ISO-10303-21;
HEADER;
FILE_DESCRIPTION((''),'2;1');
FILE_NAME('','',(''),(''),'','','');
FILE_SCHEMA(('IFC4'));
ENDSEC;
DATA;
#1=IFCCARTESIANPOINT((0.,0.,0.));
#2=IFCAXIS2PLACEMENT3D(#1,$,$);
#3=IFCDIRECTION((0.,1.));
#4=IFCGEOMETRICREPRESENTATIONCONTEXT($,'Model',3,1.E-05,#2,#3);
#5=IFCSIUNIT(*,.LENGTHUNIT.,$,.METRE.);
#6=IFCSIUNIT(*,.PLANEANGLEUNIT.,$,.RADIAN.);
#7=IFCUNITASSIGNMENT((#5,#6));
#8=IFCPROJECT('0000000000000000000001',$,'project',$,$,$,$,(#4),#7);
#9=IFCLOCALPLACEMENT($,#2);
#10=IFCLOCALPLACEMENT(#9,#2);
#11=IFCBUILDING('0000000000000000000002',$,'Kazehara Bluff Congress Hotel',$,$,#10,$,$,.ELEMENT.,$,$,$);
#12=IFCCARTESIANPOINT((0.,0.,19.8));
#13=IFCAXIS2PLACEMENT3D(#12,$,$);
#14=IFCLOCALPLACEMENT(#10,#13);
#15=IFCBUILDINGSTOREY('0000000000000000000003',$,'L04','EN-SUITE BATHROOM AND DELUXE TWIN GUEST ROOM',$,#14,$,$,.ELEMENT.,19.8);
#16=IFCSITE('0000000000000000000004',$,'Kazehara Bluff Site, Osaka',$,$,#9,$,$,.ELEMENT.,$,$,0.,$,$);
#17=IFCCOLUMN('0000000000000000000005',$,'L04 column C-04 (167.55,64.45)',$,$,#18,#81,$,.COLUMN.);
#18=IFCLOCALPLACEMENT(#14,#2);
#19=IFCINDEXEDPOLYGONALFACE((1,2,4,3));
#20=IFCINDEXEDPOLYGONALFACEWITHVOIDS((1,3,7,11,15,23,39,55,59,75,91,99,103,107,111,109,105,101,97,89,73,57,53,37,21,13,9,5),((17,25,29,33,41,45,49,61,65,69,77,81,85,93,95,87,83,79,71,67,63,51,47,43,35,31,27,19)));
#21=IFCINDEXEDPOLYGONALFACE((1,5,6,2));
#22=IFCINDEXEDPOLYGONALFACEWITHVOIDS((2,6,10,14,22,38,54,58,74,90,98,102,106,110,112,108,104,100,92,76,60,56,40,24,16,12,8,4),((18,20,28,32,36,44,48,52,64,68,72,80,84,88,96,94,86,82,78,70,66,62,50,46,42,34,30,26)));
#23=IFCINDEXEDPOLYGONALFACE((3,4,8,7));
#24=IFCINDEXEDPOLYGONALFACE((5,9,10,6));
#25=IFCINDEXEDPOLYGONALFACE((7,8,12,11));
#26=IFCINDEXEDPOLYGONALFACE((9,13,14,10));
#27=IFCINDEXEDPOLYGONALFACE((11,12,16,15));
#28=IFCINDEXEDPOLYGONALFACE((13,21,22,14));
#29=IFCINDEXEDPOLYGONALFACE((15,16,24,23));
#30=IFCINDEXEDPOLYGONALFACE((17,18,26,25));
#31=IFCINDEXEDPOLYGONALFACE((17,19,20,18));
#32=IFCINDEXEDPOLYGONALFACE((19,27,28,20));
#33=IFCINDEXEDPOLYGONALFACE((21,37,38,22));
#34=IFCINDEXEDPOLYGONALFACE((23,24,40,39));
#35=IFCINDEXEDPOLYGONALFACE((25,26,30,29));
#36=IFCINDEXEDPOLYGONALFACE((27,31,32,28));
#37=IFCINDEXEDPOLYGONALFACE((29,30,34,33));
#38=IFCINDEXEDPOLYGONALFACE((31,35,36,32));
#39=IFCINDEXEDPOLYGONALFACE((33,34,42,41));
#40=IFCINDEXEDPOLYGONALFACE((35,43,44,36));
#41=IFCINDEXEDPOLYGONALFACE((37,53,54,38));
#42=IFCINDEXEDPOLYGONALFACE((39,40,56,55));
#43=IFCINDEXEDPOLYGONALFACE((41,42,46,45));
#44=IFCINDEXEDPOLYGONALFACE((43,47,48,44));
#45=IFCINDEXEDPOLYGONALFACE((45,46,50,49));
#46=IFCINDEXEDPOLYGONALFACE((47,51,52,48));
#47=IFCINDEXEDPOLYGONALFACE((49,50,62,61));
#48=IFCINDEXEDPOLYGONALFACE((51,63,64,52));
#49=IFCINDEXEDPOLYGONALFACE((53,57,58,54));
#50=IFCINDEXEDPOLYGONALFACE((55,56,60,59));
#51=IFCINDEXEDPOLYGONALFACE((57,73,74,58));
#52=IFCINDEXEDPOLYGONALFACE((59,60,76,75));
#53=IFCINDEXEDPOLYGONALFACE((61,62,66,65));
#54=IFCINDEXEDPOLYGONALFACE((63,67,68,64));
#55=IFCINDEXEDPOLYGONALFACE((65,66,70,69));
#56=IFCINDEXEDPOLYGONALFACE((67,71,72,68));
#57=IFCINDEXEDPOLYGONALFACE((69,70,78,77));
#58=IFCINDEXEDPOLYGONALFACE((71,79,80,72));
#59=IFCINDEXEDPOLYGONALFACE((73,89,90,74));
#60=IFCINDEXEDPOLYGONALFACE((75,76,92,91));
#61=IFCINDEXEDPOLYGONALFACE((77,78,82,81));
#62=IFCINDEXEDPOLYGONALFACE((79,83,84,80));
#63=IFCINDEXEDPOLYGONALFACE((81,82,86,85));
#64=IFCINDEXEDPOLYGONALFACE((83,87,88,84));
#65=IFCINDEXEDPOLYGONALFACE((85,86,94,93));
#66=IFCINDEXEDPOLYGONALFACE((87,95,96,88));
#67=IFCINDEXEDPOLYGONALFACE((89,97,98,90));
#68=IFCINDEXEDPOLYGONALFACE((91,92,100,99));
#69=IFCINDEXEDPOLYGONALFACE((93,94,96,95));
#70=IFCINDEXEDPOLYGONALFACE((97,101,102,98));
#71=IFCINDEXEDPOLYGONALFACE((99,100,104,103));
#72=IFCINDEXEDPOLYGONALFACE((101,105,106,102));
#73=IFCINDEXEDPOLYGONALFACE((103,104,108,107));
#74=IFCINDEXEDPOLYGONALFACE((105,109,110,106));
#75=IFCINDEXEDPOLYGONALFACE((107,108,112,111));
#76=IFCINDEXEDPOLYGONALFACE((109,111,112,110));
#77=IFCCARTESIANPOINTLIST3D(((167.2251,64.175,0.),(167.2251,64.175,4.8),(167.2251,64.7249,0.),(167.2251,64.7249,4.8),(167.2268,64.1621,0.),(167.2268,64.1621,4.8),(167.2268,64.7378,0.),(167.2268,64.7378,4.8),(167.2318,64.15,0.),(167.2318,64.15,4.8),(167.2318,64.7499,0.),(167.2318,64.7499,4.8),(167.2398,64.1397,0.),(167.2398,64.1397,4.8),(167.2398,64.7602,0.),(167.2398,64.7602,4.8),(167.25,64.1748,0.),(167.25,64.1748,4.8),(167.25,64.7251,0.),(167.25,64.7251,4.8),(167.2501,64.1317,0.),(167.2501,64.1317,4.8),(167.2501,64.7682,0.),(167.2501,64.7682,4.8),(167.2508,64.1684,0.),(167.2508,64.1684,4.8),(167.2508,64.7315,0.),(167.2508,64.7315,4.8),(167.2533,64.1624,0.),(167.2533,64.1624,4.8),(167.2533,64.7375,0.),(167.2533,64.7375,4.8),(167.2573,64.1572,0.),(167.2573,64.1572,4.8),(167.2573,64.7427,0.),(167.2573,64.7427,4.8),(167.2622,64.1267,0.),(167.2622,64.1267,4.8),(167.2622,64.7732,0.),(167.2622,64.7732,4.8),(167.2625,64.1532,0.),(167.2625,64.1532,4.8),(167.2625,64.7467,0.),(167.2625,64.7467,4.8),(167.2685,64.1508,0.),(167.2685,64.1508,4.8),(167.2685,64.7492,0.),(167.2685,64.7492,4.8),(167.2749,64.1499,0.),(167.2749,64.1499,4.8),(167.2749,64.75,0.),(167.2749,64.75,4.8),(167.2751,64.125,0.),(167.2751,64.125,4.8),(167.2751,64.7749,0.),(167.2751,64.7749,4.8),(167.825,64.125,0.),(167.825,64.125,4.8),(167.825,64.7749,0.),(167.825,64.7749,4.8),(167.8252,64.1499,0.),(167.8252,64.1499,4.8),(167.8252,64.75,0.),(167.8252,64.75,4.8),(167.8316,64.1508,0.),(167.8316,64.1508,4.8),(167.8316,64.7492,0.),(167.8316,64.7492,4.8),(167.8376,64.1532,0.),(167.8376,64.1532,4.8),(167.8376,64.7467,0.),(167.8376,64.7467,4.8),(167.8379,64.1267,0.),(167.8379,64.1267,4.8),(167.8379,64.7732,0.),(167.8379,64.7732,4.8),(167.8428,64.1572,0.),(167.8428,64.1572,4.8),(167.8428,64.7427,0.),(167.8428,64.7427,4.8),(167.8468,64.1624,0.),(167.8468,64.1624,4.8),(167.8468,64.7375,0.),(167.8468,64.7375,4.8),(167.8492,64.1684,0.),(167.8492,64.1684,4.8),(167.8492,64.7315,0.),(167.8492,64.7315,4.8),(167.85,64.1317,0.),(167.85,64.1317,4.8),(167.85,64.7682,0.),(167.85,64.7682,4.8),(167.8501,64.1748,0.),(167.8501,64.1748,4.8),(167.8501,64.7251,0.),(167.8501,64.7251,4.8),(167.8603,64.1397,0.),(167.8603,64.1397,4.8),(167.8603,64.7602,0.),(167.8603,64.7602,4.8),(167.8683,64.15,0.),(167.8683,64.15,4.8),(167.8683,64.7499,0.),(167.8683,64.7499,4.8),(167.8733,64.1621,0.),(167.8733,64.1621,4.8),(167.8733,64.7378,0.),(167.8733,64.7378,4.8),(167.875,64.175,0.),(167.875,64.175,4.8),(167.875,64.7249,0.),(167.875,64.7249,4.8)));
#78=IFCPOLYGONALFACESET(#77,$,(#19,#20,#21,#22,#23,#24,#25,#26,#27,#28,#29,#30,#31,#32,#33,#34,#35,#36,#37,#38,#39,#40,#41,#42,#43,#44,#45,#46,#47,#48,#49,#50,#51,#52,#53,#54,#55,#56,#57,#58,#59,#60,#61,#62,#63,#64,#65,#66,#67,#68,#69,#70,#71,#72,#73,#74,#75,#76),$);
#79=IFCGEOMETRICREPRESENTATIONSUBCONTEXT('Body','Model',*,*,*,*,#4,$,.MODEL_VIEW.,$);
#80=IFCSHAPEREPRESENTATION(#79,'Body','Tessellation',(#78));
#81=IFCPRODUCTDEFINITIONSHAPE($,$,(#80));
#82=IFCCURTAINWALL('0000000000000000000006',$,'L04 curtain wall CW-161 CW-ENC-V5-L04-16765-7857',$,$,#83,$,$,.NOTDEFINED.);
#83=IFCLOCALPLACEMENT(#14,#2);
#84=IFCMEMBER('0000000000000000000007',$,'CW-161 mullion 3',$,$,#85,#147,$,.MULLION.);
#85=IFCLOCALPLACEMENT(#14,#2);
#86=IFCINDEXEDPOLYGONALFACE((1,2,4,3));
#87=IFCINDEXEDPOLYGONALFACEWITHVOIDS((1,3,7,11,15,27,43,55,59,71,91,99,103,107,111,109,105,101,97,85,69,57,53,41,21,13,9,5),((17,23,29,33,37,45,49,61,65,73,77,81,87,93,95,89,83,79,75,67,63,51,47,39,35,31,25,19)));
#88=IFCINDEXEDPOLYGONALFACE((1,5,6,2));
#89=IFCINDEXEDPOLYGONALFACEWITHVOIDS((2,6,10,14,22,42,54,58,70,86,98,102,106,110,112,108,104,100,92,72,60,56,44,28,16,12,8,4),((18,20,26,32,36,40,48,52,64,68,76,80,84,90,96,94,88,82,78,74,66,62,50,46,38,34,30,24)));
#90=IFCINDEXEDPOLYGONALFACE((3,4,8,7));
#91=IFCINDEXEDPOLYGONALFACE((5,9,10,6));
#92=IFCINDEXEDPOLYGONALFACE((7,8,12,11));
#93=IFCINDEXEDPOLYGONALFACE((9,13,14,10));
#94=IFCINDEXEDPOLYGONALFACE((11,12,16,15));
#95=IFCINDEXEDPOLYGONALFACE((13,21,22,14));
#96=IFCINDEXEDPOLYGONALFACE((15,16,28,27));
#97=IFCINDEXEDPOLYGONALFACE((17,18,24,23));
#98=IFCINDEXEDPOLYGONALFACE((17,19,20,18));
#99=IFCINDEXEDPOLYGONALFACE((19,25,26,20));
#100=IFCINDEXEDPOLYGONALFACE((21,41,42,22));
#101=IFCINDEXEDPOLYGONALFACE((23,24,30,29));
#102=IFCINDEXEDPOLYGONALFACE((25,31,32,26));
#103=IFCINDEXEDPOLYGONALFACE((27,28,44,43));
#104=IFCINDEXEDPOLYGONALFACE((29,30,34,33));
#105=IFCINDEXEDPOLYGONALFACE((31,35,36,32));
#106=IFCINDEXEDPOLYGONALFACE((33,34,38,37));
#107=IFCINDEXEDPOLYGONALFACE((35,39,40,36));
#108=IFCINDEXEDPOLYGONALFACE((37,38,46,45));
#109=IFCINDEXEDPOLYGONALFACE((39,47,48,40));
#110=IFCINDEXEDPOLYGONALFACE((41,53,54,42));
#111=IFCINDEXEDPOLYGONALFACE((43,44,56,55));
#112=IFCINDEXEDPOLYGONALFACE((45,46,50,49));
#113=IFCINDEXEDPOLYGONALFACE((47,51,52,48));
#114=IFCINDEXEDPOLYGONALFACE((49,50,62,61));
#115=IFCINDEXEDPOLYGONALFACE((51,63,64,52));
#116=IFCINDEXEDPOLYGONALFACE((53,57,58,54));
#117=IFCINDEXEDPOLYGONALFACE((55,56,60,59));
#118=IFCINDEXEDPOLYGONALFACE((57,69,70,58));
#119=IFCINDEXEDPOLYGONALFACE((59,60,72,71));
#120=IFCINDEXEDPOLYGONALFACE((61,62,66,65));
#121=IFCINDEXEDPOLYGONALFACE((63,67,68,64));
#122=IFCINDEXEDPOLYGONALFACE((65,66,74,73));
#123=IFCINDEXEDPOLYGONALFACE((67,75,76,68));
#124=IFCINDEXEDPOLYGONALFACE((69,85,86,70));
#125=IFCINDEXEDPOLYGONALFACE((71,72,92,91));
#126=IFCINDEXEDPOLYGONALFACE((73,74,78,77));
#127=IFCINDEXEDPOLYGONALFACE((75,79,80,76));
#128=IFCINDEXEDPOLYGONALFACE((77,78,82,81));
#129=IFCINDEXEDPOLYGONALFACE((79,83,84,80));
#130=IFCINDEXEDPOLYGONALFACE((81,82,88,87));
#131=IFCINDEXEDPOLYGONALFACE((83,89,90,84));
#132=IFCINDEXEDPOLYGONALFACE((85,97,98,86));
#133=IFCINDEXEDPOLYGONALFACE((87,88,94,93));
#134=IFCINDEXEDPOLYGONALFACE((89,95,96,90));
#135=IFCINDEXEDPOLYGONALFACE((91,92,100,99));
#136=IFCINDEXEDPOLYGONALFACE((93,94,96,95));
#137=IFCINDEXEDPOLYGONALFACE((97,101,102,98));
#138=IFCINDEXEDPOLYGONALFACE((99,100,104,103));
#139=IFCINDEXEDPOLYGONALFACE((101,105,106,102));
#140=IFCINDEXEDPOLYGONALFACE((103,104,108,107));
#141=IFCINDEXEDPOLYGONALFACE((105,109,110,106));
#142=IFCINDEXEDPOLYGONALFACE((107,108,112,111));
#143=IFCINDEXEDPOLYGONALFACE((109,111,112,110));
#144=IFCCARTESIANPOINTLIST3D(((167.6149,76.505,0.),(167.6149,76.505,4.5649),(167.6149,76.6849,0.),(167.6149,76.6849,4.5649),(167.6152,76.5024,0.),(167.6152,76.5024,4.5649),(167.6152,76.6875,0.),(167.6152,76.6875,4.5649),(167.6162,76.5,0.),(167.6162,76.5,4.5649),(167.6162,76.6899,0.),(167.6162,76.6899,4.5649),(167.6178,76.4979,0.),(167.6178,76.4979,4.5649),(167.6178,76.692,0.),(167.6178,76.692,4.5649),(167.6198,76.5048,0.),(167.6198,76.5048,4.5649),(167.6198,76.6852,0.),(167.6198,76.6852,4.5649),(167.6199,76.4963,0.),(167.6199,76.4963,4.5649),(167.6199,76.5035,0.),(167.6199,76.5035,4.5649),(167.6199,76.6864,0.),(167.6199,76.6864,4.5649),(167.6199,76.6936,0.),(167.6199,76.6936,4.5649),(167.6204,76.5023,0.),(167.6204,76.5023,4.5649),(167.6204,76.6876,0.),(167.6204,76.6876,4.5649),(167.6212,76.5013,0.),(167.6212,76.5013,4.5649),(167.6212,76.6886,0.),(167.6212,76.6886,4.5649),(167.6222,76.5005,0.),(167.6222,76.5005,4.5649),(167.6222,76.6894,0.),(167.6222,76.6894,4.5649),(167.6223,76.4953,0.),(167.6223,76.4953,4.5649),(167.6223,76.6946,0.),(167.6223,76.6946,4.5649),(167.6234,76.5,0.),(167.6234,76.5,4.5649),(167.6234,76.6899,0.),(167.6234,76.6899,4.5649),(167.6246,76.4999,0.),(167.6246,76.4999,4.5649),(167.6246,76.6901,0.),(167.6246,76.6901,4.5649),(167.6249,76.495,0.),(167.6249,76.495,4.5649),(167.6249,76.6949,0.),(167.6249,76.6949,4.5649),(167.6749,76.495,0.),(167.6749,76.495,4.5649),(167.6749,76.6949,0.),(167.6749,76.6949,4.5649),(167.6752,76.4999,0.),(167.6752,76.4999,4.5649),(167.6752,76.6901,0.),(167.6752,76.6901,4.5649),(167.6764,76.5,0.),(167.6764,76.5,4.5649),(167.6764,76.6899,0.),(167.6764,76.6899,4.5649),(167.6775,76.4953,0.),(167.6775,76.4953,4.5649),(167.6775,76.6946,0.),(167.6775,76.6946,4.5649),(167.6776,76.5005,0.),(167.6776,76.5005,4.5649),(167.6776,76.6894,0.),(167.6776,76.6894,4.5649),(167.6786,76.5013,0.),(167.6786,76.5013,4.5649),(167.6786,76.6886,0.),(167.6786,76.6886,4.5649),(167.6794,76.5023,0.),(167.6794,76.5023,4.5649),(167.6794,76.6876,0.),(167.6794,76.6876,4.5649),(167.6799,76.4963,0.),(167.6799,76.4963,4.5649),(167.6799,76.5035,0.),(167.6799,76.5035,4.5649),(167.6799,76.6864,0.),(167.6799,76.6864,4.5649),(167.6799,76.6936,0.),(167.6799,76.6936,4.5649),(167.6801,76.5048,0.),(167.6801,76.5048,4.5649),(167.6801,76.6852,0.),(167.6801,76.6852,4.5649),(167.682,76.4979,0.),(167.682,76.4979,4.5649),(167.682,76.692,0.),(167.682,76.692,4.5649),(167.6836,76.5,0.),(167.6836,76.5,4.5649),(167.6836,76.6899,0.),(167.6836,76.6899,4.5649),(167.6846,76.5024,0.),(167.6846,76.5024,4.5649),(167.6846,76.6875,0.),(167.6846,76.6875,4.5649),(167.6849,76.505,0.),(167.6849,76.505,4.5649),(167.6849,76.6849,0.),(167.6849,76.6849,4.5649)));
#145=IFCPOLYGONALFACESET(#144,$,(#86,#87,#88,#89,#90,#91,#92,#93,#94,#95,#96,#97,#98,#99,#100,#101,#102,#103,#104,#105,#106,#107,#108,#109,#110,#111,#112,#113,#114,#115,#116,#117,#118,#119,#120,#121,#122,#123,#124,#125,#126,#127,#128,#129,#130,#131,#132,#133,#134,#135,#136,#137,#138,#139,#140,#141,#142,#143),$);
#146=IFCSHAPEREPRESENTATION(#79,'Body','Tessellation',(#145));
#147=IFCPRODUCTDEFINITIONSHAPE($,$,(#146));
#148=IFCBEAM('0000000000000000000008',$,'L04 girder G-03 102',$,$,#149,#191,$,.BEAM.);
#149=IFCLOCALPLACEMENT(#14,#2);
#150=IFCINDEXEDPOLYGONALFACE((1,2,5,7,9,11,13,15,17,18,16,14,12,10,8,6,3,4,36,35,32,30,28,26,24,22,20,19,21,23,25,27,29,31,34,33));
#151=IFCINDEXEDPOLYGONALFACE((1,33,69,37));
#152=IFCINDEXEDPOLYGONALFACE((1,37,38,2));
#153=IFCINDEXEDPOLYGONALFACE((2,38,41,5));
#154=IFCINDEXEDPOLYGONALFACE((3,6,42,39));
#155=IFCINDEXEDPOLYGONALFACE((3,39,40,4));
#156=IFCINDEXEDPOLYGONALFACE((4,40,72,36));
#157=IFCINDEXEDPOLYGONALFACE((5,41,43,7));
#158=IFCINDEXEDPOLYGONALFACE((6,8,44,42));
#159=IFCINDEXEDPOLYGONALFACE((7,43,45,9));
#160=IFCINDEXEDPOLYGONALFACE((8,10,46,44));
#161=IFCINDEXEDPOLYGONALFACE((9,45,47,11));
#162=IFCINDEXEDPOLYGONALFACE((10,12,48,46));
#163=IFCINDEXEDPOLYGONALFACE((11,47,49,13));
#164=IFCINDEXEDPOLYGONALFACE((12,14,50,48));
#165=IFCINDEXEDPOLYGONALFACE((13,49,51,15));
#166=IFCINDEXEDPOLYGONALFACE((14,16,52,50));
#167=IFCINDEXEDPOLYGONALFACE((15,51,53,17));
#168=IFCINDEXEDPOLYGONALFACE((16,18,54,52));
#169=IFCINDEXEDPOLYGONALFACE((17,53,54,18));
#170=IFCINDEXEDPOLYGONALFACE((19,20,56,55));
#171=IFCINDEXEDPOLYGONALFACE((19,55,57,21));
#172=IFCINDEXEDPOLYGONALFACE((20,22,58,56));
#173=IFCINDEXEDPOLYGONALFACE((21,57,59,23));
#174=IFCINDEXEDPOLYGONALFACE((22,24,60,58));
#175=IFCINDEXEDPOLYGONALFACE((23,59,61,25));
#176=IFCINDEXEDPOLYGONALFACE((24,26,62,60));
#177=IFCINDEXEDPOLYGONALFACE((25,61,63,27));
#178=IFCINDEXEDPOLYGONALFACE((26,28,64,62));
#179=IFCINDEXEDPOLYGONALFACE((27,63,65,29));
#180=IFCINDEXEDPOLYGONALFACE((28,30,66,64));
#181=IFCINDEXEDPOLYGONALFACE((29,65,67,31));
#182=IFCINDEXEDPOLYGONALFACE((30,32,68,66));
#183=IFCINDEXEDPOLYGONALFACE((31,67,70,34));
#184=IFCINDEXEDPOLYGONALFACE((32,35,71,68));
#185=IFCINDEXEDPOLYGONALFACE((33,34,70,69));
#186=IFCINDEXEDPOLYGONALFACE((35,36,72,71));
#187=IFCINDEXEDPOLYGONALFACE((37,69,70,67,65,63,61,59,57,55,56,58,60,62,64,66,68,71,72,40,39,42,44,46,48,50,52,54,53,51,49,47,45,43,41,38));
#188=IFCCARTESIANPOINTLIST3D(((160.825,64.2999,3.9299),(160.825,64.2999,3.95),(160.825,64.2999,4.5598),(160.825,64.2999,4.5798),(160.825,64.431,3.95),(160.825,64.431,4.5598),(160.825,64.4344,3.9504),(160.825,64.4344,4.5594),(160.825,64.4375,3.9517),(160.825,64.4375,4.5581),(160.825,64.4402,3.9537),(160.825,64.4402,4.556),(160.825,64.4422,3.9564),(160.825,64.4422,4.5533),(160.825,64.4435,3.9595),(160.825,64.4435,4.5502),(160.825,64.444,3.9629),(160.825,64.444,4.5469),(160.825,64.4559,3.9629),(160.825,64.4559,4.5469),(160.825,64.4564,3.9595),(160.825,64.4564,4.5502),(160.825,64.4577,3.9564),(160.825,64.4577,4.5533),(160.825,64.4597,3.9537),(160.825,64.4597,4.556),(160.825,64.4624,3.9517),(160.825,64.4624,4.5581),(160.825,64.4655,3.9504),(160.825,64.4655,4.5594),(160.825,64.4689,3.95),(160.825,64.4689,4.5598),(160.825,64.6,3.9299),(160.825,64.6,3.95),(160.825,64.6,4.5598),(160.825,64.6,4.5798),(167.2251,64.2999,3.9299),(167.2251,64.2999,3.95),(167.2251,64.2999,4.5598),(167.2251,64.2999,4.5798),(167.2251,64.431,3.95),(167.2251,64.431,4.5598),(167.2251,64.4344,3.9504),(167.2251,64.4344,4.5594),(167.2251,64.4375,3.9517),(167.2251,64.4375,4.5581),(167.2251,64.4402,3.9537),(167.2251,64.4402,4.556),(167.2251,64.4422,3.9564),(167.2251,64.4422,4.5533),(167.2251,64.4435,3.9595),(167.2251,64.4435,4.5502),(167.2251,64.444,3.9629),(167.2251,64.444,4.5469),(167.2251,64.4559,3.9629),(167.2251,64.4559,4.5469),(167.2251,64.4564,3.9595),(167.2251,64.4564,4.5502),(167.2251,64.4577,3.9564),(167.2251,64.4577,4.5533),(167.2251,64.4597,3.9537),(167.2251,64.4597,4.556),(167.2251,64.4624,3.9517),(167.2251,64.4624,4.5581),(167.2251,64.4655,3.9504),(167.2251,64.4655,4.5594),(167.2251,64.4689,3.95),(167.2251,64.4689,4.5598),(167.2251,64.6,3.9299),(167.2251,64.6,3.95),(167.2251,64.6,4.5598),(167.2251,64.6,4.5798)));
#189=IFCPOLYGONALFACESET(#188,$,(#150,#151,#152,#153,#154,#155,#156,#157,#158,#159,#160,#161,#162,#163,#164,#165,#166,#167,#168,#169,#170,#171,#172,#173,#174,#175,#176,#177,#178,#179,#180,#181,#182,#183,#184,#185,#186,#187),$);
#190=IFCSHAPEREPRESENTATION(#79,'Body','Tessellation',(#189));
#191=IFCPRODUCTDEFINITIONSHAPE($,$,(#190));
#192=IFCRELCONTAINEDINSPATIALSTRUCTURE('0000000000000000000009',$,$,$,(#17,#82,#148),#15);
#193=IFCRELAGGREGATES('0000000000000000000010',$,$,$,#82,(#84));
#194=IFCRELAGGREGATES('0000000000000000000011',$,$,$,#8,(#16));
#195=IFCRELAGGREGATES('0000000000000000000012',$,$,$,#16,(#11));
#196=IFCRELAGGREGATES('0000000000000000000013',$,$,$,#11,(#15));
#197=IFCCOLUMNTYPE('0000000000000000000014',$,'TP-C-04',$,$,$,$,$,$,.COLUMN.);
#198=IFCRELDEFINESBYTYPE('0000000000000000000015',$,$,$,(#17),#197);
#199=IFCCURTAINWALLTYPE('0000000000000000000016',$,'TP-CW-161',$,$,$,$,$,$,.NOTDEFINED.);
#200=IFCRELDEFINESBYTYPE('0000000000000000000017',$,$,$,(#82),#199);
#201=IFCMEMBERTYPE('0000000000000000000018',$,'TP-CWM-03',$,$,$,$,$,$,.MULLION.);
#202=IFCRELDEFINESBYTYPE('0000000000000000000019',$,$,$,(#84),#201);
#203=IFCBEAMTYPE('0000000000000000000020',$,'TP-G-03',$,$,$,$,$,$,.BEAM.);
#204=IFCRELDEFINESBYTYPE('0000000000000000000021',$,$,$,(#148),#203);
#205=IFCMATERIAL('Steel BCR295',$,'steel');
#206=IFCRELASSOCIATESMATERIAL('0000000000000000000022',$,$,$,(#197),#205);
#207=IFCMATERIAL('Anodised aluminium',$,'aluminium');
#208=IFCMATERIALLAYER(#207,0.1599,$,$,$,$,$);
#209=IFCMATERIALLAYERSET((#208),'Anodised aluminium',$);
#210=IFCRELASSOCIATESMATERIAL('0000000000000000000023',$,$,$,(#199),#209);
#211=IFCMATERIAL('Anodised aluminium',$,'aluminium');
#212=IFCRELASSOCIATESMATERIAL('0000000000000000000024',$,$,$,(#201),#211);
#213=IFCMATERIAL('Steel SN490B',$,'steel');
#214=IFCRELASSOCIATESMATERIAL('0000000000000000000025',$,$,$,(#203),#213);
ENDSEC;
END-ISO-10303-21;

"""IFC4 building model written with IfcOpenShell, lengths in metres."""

from ifc_helpers import new_model, si_unit, direction, frame, origin, origin_2d, place, context, subcontext, project, spatial, hollow_rectangle, i_section, extrude, material, layer, layer_set, material_profile, profile_set, type_object, element, aggregate, save


model = new_model("IFC4")

# Units and contexts
model_context = context("Model", 3, precision=1e-05, world=origin(), true_north=direction((0.0, 1.0)))
body_context = subcontext(model_context, "Body", "Model", "MODEL_VIEW")
ifc_project = project(units=[si_unit("LENGTHUNIT", "METRE"), si_unit("PLANEANGLEUNIT", "RADIAN")], contexts=[model_context])

# Site, building, storey
site_placement = place(None, origin())
site = spatial("IfcSite", under=ifc_project, at=site_placement, Name="Kazehara Bluff Site, Osaka", CompositionType="ELEMENT", RefElevation=0.0)
building_placement = place(site_placement, origin())
building = spatial("IfcBuilding", under=site, at=building_placement, Name="Kazehara Bluff Congress Hotel", CompositionType="ELEMENT")
storey_placement = place(building_placement, frame((0.0, 0.0, 19.8)))
storey = spatial("IfcBuildingStorey", under=building, at=storey_placement, Name="L04", Description="EN-SUITE BATHROOM AND DELUXE TWIN GUEST ROOM", CompositionType="ELEMENT", Elevation=19.8)

# Column
ifc_material_1 = material(Name="Steel BCR295", Category="steel")
ifc_material_profile_1 = material_profile(ifc_material_1, hollow_rectangle(XDim=0.6499, YDim=0.6499, WallThickness=0.0249, InnerFilletRadius=0.0249, OuterFilletRadius=0.05, at=origin_2d()))
ifc_profile_set_1 = profile_set([ifc_material_profile_1], Name="Steel BCR295")
column_type = type_object("IfcColumnType", Name="TP-C-04", PredefinedType="COLUMN", material=ifc_profile_set_1)
column_placement = place(storey_placement, frame((167.55, 64.45, 0.0), z_axis=(0.0, 0.0, 1.0), x_axis=(1.0, 0.0, 0.0)))
element("IfcColumn", 1, at=column_placement, inside=storey, type_object=column_type, Name="L04 column C-04 (167.55,64.45)", PredefinedType="COLUMN", context=body_context, shape_type="SweptSolid", body=[
    extrude(hollow_rectangle(XDim=0.6499, YDim=0.6499, WallThickness=0.0249, InnerFilletRadius=0.0249, OuterFilletRadius=0.05, at=origin_2d()), origin(), (0.0, 0.0, 1.0), 4.8),
])

# Curtain wall, member
ifc_material_2 = material(Name="Anodised aluminium", Category="aluminium")
ifc_layer_1 = layer(ifc_material_2, 0.1599)
ifc_layer_set_1 = layer_set([ifc_layer_1], Name="Anodised aluminium")
curtain_wall_type = type_object("IfcCurtainWallType", Name="TP-CW-161", PredefinedType="NOTDEFINED", material=ifc_layer_set_1)
curtain_wall_placement = place(storey_placement, origin())
curtain_wall = element("IfcCurtainWall", 2, at=curtain_wall_placement, inside=storey, type_object=curtain_wall_type, Name="L04 curtain wall CW-161 CW-ENC-V5-L04-16765-7857", PredefinedType="NOTDEFINED")
ifc_material_3 = material(Name="Anodised aluminium", Category="aluminium")
ifc_material_profile_2 = material_profile(ifc_material_3, hollow_rectangle(XDim=0.0701, YDim=0.2, WallThickness=0.0049, InnerFilletRadius=0.0049, OuterFilletRadius=0.01, at=origin_2d()))
ifc_profile_set_2 = profile_set([ifc_material_profile_2], Name="Anodised aluminium")
member_type = type_object("IfcMemberType", Name="TP-CWM-03", PredefinedType="MULLION", material=ifc_profile_set_2)
member_placement = place(storey_placement, frame((167.6499, 76.595, 0.0), z_axis=(0.0, 0.0, 1.0), x_axis=(1.0, 0.0, 0.0)))
member = element("IfcMember", 3, at=member_placement, type_object=member_type, Name="CW-161 mullion 3", PredefinedType="MULLION", context=body_context, shape_type="SweptSolid", body=[
    extrude(hollow_rectangle(XDim=0.0701, YDim=0.2, WallThickness=0.0049, InnerFilletRadius=0.0049, OuterFilletRadius=0.01, at=origin_2d()), origin(), (0.0, 0.0, 1.0), 4.5649),
])

# Beam
ifc_material_4 = material(Name="Steel SN490B", Category="steel")
ifc_material_profile_3 = material_profile(ifc_material_4, i_section(OverallWidth=0.3, OverallDepth=0.6499, WebThickness=0.012, FlangeThickness=0.02, FilletRadius=0.0129, at=origin_2d()))
ifc_profile_set_3 = profile_set([ifc_material_profile_3], Name="Steel SN490B")
beam_type_1 = type_object("IfcBeamType", Name="TP-G-03", PredefinedType="BEAM", material=ifc_profile_set_3)
beam_placement = place(storey_placement, frame((160.825, 64.45, 4.2549), z_axis=(1.0, 0.0, 0.0), x_axis=(0.0, 1.0, 0.0)))
element("IfcBeam", 4, at=beam_placement, inside=storey, type_object=beam_type_1, Name="L04 girder G-03 102", PredefinedType="BEAM", context=body_context, shape_type="SweptSolid", body=[
    extrude(i_section(OverallWidth=0.3, OverallDepth=0.6499, WebThickness=0.012, FlangeThickness=0.02, FilletRadius=0.0129, at=origin_2d()), origin(), (0.0, 0.0, 1.0), 6.4001),
])

aggregate(curtain_wall, [member])

save(model, "model.ifc")
